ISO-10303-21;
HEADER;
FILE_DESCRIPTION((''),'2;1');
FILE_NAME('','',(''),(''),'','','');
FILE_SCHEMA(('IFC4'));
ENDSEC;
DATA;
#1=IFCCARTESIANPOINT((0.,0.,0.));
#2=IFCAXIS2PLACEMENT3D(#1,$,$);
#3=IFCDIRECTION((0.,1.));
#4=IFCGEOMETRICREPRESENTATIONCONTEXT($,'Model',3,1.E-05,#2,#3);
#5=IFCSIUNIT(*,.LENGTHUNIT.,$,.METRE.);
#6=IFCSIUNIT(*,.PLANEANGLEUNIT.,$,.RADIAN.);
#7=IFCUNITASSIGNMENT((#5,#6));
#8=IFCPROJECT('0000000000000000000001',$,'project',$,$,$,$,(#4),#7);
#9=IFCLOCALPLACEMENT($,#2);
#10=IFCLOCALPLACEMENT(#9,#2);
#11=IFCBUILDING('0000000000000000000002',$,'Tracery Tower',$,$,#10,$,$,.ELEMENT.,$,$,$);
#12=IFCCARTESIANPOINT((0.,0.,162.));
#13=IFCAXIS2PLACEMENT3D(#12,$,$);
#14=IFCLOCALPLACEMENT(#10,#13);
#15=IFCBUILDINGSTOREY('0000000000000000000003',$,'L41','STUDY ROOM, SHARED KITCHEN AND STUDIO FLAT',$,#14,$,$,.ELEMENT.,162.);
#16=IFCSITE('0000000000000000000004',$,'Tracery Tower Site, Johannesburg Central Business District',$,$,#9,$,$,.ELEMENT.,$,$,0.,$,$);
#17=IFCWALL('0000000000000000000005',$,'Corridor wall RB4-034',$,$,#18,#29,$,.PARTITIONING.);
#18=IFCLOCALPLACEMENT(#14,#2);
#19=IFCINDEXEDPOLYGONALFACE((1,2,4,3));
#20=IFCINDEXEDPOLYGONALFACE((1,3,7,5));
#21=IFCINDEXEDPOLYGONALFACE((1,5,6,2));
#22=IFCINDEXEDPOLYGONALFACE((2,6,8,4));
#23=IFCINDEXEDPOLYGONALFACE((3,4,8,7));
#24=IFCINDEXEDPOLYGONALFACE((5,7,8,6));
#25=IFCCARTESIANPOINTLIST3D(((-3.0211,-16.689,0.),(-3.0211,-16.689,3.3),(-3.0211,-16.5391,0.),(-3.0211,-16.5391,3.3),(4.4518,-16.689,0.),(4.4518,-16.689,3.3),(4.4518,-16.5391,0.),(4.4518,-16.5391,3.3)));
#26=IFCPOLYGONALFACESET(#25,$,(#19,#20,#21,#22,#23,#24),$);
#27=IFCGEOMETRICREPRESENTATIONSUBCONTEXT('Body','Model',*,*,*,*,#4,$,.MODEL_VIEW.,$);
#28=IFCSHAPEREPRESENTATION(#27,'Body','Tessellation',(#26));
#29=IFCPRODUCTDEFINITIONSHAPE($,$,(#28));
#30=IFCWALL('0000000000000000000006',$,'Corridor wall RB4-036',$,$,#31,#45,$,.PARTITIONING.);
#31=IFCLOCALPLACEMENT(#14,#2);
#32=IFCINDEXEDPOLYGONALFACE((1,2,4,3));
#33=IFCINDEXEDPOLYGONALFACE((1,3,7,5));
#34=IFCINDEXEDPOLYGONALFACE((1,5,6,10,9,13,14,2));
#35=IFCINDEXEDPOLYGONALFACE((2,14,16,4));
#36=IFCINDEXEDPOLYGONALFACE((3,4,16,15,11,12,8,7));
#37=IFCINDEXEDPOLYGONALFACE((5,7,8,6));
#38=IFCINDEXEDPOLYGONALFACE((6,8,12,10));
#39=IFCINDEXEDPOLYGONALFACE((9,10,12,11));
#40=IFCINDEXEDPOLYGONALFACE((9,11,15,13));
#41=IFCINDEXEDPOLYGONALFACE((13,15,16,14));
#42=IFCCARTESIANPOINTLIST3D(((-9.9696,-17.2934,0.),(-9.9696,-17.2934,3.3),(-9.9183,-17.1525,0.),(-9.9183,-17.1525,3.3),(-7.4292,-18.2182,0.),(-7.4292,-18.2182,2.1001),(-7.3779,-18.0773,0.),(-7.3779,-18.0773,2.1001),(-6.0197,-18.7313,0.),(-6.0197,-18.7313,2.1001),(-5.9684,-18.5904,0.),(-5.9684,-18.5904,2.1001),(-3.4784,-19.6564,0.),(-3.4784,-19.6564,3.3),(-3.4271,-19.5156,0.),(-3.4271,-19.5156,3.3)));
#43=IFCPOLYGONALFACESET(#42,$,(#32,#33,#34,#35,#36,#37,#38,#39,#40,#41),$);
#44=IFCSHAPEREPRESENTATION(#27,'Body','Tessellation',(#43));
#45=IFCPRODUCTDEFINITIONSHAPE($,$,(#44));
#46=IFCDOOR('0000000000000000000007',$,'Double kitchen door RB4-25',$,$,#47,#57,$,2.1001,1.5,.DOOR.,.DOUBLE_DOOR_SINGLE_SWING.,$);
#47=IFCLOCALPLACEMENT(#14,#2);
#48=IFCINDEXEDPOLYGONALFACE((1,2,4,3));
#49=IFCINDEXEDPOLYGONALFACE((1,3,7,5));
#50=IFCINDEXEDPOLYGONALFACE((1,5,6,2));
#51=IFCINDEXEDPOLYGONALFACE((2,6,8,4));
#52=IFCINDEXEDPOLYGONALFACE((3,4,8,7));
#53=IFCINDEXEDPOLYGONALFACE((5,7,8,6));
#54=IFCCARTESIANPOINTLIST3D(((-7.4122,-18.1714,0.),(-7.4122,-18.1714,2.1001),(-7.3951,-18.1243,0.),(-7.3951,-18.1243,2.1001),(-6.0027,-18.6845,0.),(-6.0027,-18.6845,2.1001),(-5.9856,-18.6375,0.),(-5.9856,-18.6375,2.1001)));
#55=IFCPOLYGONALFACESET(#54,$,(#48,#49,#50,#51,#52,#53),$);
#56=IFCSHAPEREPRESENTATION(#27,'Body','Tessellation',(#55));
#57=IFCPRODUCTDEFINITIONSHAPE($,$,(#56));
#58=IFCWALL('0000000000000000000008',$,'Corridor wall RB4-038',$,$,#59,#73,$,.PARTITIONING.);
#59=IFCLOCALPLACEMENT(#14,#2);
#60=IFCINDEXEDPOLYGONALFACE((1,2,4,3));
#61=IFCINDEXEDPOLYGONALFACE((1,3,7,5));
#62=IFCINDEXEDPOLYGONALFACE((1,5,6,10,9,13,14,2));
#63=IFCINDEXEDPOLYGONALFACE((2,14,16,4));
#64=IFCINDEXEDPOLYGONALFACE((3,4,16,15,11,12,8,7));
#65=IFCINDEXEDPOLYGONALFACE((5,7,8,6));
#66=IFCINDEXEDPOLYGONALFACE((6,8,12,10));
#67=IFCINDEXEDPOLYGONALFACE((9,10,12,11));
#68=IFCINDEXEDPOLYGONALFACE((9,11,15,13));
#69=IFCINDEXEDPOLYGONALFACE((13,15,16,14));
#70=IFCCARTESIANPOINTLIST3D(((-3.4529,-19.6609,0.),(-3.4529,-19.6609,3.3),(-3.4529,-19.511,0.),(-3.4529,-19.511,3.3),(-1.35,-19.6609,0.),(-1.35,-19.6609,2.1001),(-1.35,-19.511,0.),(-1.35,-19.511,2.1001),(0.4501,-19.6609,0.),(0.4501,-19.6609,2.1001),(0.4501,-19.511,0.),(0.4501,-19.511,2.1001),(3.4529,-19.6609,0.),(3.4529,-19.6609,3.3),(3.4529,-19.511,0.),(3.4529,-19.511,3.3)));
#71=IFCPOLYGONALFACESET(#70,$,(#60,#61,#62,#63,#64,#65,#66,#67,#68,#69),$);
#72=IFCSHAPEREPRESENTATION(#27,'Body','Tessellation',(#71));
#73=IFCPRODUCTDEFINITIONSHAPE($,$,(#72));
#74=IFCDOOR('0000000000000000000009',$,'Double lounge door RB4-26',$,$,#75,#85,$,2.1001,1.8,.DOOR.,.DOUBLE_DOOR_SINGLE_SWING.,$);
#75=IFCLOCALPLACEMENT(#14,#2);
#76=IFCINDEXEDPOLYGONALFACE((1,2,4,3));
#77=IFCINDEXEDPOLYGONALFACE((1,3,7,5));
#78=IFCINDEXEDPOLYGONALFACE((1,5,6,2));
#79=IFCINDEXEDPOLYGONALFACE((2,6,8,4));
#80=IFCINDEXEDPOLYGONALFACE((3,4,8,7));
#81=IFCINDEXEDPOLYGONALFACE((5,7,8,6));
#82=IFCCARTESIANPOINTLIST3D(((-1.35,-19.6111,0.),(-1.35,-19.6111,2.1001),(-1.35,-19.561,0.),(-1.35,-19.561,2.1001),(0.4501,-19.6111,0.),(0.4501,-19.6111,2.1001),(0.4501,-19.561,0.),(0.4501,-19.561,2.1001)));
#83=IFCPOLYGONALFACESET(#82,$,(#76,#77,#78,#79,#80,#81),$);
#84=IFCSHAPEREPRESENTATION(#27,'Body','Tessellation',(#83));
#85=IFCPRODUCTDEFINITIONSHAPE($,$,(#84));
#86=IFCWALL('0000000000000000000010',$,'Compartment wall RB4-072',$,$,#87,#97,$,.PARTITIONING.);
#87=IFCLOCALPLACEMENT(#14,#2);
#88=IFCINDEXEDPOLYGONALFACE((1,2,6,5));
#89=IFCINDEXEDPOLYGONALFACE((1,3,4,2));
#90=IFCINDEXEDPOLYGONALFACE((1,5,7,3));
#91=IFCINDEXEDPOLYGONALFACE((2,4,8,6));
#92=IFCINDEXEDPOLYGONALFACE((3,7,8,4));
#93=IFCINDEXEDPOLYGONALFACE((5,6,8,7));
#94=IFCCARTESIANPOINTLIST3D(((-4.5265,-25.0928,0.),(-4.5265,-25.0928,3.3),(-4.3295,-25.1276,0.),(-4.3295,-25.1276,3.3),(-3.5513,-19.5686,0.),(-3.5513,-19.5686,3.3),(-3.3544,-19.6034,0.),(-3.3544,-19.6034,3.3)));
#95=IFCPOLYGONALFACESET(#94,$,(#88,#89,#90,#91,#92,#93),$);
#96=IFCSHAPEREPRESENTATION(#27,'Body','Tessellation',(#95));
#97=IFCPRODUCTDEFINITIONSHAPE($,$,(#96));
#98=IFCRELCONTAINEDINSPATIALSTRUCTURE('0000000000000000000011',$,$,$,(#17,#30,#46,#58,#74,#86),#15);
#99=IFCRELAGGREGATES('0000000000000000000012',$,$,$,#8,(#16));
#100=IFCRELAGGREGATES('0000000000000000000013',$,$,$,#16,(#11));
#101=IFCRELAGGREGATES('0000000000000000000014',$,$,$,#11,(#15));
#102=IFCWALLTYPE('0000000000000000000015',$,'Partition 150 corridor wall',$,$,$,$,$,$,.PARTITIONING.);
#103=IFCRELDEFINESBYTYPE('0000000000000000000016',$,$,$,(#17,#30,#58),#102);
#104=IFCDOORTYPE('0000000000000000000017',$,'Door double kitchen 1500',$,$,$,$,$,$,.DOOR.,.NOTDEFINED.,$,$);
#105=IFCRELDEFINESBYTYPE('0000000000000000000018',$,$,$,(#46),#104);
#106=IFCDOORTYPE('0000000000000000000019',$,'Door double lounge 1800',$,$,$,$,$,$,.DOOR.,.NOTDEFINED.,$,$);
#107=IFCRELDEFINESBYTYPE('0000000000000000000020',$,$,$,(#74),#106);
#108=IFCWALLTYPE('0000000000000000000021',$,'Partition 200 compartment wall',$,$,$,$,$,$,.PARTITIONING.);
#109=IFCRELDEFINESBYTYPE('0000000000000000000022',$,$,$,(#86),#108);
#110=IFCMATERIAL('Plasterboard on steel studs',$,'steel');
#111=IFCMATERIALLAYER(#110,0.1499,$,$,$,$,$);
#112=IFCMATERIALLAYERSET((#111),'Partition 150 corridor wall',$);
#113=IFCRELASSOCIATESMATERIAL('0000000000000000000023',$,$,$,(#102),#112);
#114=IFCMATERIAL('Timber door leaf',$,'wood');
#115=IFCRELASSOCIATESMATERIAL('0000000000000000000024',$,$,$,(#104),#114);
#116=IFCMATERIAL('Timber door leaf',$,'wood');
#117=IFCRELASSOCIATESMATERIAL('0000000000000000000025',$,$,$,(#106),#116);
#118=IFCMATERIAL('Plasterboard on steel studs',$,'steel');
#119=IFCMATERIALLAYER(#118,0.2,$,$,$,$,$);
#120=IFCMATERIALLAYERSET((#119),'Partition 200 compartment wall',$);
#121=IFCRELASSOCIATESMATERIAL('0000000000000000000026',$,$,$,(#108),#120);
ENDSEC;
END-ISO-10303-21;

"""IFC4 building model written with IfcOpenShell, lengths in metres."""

from ifc_helpers import new_model, si_unit, direction, frame, frame_2d, origin, place, context, subcontext, project, spatial, rectangle, extrude, material, layer, layer_set, type_object, element, fill, save


model = new_model("IFC4")

# Units and contexts
model_context = context("Model", 3, precision=1e-05, world=origin(), true_north=direction((0.0, 1.0)))
body_context = subcontext(model_context, "Body", "Model", "MODEL_VIEW")
ifc_project = project(units=[si_unit("LENGTHUNIT", "METRE"), si_unit("PLANEANGLEUNIT", "RADIAN")], contexts=[model_context])

# Site, building, storey
site_placement = place(None, origin())
site = spatial("IfcSite", under=ifc_project, at=site_placement, Name="Tracery Tower Site, Johannesburg Central Business District", CompositionType="ELEMENT", RefElevation=0.0)
building_placement = place(site_placement, origin())
building = spatial("IfcBuilding", under=site, at=building_placement, Name="Tracery Tower", CompositionType="ELEMENT")
storey_placement = place(building_placement, frame((0.0, 0.0, 162.0)))
storey = spatial("IfcBuildingStorey", under=building, at=storey_placement, Name="L41", Description="STUDY ROOM, SHARED KITCHEN AND STUDIO FLAT", CompositionType="ELEMENT", Elevation=162.0)

# Shared definitions
ifc_material_1 = material(Name="Plasterboard on steel studs", Category="steel")
ifc_layer_1 = layer(ifc_material_1, 0.1499)
ifc_layer_set_1 = layer_set([ifc_layer_1], Name="Partition 150 corridor wall")
wall_type_1 = type_object("IfcWallType", Name="Partition 150 corridor wall", PredefinedType="PARTITIONING", material=ifc_layer_set_1)

# Wall
wall_1_placement = place(storey_placement, frame((-3.021, -16.614, 0.0), z_axis=(0.0, 0.0, 1.0), x_axis=(1.0, 0.0, 0.0)))
element("IfcWall", 1, at=wall_1_placement, inside=storey, type_object=wall_type_1, Name="Corridor wall RB4-034", PredefinedType="PARTITIONING", context=body_context, shape_type="SweptSolid", body=[
    extrude(rectangle(XDim=7.4729, YDim=0.1499, at=frame_2d((3.7363, 0.0))), origin(), (0.0, 0.0, 1.0), 3.3),
])

# Walls, openings, doors
wall_2_placement = place(storey_placement, frame((-9.9441, -17.2229, 0.0), z_axis=(0.0, 0.0, 1.0), x_axis=(0.939673, -0.342075, 0.0)))
wall_2 = element("IfcWall", 2, at=wall_2_placement, inside=storey, type_object=wall_type_1, Name="Corridor wall RB4-036", PredefinedType="PARTITIONING", context=body_context, shape_type="SweptSolid", body=[
    extrude(rectangle(XDim=6.908, YDim=0.1499, at=frame_2d((3.4541, 0.0))), origin(), (0.0, 0.0, 1.0), 3.3),
])
opening_1_placement = place(wall_2_placement, frame((2.7036, 0.0, 0.0)))
opening_1 = element("IfcOpeningElement", 3, at=opening_1_placement, cuts=wall_2, PredefinedType="OPENING", context=body_context, shape_type="SweptSolid", body=[
    extrude(rectangle(XDim=1.5, YDim=2.1001, at=frame_2d((0.75, 1.05))), frame((0.0, 0.075, 0.0), z_axis=(0.0, -1.0, 0.0), x_axis=(1.0, 0.0, 0.0)), (0.0, 0.0, 1.0), 0.1499),
])
ifc_material_2 = material(Name="Timber door leaf", Category="wood")
door_type_1 = type_object("IfcDoorType", Name="Door double kitchen 1500", OperationType="NOTDEFINED", PredefinedType="DOOR", material=ifc_material_2)
door_1_placement = place(opening_1_placement, origin())
door_1 = element("IfcDoor", 4, at=door_1_placement, inside=storey, type_object=door_type_1, Name="Double kitchen door RB4-25", OperationType="DOUBLE_DOOR_SINGLE_SWING", OverallHeight=2.1001, OverallWidth=1.5, PredefinedType="DOOR", context=body_context, shape_type="SweptSolid", body=[
    extrude(rectangle(XDim=1.5, YDim=2.1001, at=frame_2d((0.75, 1.05))), frame((0.0, 0.0249, 0.0), z_axis=(0.0, -1.0, 0.0), x_axis=(1.0, 0.0, 0.0)), (0.0, 0.0, 1.0), 0.05),
])
fill(opening_1, door_1)
wall_3_placement = place(storey_placement, frame((-3.4529, -19.5859, 0.0), z_axis=(0.0, 0.0, 1.0), x_axis=(1.0, 0.0, 0.0)))
wall_3 = element("IfcWall", 5, at=wall_3_placement, inside=storey, type_object=wall_type_1, Name="Corridor wall RB4-038", PredefinedType="PARTITIONING", context=body_context, shape_type="SweptSolid", body=[
    extrude(rectangle(XDim=6.9058, YDim=0.1499, at=frame_2d((3.4529, 0.0))), origin(), (0.0, 0.0, 1.0), 3.3),
])
opening_2_placement = place(wall_3_placement, frame((2.103, 0.0, 0.0)))
opening_2 = element("IfcOpeningElement", 6, at=opening_2_placement, cuts=wall_3, PredefinedType="OPENING", context=body_context, shape_type="SweptSolid", body=[
    extrude(rectangle(XDim=1.8, YDim=2.1001, at=frame_2d((0.8999, 1.05))), frame((0.0, 0.075, 0.0), z_axis=(0.0, -1.0, 0.0), x_axis=(1.0, 0.0, 0.0)), (0.0, 0.0, 1.0), 0.1499),
])
ifc_material_3 = material(Name="Timber door leaf", Category="wood")
door_type_2 = type_object("IfcDoorType", Name="Door double lounge 1800", OperationType="NOTDEFINED", PredefinedType="DOOR", material=ifc_material_3)
door_2_placement = place(opening_2_placement, origin())
door_2 = element("IfcDoor", 7, at=door_2_placement, inside=storey, type_object=door_type_2, Name="Double lounge door RB4-26", OperationType="DOUBLE_DOOR_SINGLE_SWING", OverallHeight=2.1001, OverallWidth=1.8, PredefinedType="DOOR", context=body_context, shape_type="SweptSolid", body=[
    extrude(rectangle(XDim=1.8, YDim=2.1001, at=frame_2d((0.8999, 1.05))), frame((0.0, 0.0249, 0.0), z_axis=(0.0, -1.0, 0.0), x_axis=(1.0, 0.0, 0.0)), (0.0, 0.0, 1.0), 0.05),
])
fill(opening_2, door_2)

# Wall
ifc_material_4 = material(Name="Plasterboard on steel studs", Category="steel")
ifc_layer_2 = layer(ifc_material_4, 0.2)
ifc_layer_set_2 = layer_set([ifc_layer_2], Name="Partition 200 compartment wall")
wall_type_2 = type_object("IfcWallType", Name="Partition 200 compartment wall", PredefinedType="PARTITIONING", material=ifc_layer_set_2)
wall_4_placement = place(storey_placement, frame((-4.428, -25.1101, 0.0), z_axis=(0.0, 0.0, 1.0), x_axis=(0.173828, 0.984776, 0.0)))
element("IfcWall", 8, at=wall_4_placement, inside=storey, type_object=wall_type_2, Name="Compartment wall RB4-072", PredefinedType="PARTITIONING", context=body_context, shape_type="SweptSolid", body=[
    extrude(rectangle(XDim=5.6096, YDim=0.2, at=frame_2d((2.8047, 0.0))), origin(), (0.0, 0.0, 1.0), 3.3),
])

save(model, "model.ifc")
